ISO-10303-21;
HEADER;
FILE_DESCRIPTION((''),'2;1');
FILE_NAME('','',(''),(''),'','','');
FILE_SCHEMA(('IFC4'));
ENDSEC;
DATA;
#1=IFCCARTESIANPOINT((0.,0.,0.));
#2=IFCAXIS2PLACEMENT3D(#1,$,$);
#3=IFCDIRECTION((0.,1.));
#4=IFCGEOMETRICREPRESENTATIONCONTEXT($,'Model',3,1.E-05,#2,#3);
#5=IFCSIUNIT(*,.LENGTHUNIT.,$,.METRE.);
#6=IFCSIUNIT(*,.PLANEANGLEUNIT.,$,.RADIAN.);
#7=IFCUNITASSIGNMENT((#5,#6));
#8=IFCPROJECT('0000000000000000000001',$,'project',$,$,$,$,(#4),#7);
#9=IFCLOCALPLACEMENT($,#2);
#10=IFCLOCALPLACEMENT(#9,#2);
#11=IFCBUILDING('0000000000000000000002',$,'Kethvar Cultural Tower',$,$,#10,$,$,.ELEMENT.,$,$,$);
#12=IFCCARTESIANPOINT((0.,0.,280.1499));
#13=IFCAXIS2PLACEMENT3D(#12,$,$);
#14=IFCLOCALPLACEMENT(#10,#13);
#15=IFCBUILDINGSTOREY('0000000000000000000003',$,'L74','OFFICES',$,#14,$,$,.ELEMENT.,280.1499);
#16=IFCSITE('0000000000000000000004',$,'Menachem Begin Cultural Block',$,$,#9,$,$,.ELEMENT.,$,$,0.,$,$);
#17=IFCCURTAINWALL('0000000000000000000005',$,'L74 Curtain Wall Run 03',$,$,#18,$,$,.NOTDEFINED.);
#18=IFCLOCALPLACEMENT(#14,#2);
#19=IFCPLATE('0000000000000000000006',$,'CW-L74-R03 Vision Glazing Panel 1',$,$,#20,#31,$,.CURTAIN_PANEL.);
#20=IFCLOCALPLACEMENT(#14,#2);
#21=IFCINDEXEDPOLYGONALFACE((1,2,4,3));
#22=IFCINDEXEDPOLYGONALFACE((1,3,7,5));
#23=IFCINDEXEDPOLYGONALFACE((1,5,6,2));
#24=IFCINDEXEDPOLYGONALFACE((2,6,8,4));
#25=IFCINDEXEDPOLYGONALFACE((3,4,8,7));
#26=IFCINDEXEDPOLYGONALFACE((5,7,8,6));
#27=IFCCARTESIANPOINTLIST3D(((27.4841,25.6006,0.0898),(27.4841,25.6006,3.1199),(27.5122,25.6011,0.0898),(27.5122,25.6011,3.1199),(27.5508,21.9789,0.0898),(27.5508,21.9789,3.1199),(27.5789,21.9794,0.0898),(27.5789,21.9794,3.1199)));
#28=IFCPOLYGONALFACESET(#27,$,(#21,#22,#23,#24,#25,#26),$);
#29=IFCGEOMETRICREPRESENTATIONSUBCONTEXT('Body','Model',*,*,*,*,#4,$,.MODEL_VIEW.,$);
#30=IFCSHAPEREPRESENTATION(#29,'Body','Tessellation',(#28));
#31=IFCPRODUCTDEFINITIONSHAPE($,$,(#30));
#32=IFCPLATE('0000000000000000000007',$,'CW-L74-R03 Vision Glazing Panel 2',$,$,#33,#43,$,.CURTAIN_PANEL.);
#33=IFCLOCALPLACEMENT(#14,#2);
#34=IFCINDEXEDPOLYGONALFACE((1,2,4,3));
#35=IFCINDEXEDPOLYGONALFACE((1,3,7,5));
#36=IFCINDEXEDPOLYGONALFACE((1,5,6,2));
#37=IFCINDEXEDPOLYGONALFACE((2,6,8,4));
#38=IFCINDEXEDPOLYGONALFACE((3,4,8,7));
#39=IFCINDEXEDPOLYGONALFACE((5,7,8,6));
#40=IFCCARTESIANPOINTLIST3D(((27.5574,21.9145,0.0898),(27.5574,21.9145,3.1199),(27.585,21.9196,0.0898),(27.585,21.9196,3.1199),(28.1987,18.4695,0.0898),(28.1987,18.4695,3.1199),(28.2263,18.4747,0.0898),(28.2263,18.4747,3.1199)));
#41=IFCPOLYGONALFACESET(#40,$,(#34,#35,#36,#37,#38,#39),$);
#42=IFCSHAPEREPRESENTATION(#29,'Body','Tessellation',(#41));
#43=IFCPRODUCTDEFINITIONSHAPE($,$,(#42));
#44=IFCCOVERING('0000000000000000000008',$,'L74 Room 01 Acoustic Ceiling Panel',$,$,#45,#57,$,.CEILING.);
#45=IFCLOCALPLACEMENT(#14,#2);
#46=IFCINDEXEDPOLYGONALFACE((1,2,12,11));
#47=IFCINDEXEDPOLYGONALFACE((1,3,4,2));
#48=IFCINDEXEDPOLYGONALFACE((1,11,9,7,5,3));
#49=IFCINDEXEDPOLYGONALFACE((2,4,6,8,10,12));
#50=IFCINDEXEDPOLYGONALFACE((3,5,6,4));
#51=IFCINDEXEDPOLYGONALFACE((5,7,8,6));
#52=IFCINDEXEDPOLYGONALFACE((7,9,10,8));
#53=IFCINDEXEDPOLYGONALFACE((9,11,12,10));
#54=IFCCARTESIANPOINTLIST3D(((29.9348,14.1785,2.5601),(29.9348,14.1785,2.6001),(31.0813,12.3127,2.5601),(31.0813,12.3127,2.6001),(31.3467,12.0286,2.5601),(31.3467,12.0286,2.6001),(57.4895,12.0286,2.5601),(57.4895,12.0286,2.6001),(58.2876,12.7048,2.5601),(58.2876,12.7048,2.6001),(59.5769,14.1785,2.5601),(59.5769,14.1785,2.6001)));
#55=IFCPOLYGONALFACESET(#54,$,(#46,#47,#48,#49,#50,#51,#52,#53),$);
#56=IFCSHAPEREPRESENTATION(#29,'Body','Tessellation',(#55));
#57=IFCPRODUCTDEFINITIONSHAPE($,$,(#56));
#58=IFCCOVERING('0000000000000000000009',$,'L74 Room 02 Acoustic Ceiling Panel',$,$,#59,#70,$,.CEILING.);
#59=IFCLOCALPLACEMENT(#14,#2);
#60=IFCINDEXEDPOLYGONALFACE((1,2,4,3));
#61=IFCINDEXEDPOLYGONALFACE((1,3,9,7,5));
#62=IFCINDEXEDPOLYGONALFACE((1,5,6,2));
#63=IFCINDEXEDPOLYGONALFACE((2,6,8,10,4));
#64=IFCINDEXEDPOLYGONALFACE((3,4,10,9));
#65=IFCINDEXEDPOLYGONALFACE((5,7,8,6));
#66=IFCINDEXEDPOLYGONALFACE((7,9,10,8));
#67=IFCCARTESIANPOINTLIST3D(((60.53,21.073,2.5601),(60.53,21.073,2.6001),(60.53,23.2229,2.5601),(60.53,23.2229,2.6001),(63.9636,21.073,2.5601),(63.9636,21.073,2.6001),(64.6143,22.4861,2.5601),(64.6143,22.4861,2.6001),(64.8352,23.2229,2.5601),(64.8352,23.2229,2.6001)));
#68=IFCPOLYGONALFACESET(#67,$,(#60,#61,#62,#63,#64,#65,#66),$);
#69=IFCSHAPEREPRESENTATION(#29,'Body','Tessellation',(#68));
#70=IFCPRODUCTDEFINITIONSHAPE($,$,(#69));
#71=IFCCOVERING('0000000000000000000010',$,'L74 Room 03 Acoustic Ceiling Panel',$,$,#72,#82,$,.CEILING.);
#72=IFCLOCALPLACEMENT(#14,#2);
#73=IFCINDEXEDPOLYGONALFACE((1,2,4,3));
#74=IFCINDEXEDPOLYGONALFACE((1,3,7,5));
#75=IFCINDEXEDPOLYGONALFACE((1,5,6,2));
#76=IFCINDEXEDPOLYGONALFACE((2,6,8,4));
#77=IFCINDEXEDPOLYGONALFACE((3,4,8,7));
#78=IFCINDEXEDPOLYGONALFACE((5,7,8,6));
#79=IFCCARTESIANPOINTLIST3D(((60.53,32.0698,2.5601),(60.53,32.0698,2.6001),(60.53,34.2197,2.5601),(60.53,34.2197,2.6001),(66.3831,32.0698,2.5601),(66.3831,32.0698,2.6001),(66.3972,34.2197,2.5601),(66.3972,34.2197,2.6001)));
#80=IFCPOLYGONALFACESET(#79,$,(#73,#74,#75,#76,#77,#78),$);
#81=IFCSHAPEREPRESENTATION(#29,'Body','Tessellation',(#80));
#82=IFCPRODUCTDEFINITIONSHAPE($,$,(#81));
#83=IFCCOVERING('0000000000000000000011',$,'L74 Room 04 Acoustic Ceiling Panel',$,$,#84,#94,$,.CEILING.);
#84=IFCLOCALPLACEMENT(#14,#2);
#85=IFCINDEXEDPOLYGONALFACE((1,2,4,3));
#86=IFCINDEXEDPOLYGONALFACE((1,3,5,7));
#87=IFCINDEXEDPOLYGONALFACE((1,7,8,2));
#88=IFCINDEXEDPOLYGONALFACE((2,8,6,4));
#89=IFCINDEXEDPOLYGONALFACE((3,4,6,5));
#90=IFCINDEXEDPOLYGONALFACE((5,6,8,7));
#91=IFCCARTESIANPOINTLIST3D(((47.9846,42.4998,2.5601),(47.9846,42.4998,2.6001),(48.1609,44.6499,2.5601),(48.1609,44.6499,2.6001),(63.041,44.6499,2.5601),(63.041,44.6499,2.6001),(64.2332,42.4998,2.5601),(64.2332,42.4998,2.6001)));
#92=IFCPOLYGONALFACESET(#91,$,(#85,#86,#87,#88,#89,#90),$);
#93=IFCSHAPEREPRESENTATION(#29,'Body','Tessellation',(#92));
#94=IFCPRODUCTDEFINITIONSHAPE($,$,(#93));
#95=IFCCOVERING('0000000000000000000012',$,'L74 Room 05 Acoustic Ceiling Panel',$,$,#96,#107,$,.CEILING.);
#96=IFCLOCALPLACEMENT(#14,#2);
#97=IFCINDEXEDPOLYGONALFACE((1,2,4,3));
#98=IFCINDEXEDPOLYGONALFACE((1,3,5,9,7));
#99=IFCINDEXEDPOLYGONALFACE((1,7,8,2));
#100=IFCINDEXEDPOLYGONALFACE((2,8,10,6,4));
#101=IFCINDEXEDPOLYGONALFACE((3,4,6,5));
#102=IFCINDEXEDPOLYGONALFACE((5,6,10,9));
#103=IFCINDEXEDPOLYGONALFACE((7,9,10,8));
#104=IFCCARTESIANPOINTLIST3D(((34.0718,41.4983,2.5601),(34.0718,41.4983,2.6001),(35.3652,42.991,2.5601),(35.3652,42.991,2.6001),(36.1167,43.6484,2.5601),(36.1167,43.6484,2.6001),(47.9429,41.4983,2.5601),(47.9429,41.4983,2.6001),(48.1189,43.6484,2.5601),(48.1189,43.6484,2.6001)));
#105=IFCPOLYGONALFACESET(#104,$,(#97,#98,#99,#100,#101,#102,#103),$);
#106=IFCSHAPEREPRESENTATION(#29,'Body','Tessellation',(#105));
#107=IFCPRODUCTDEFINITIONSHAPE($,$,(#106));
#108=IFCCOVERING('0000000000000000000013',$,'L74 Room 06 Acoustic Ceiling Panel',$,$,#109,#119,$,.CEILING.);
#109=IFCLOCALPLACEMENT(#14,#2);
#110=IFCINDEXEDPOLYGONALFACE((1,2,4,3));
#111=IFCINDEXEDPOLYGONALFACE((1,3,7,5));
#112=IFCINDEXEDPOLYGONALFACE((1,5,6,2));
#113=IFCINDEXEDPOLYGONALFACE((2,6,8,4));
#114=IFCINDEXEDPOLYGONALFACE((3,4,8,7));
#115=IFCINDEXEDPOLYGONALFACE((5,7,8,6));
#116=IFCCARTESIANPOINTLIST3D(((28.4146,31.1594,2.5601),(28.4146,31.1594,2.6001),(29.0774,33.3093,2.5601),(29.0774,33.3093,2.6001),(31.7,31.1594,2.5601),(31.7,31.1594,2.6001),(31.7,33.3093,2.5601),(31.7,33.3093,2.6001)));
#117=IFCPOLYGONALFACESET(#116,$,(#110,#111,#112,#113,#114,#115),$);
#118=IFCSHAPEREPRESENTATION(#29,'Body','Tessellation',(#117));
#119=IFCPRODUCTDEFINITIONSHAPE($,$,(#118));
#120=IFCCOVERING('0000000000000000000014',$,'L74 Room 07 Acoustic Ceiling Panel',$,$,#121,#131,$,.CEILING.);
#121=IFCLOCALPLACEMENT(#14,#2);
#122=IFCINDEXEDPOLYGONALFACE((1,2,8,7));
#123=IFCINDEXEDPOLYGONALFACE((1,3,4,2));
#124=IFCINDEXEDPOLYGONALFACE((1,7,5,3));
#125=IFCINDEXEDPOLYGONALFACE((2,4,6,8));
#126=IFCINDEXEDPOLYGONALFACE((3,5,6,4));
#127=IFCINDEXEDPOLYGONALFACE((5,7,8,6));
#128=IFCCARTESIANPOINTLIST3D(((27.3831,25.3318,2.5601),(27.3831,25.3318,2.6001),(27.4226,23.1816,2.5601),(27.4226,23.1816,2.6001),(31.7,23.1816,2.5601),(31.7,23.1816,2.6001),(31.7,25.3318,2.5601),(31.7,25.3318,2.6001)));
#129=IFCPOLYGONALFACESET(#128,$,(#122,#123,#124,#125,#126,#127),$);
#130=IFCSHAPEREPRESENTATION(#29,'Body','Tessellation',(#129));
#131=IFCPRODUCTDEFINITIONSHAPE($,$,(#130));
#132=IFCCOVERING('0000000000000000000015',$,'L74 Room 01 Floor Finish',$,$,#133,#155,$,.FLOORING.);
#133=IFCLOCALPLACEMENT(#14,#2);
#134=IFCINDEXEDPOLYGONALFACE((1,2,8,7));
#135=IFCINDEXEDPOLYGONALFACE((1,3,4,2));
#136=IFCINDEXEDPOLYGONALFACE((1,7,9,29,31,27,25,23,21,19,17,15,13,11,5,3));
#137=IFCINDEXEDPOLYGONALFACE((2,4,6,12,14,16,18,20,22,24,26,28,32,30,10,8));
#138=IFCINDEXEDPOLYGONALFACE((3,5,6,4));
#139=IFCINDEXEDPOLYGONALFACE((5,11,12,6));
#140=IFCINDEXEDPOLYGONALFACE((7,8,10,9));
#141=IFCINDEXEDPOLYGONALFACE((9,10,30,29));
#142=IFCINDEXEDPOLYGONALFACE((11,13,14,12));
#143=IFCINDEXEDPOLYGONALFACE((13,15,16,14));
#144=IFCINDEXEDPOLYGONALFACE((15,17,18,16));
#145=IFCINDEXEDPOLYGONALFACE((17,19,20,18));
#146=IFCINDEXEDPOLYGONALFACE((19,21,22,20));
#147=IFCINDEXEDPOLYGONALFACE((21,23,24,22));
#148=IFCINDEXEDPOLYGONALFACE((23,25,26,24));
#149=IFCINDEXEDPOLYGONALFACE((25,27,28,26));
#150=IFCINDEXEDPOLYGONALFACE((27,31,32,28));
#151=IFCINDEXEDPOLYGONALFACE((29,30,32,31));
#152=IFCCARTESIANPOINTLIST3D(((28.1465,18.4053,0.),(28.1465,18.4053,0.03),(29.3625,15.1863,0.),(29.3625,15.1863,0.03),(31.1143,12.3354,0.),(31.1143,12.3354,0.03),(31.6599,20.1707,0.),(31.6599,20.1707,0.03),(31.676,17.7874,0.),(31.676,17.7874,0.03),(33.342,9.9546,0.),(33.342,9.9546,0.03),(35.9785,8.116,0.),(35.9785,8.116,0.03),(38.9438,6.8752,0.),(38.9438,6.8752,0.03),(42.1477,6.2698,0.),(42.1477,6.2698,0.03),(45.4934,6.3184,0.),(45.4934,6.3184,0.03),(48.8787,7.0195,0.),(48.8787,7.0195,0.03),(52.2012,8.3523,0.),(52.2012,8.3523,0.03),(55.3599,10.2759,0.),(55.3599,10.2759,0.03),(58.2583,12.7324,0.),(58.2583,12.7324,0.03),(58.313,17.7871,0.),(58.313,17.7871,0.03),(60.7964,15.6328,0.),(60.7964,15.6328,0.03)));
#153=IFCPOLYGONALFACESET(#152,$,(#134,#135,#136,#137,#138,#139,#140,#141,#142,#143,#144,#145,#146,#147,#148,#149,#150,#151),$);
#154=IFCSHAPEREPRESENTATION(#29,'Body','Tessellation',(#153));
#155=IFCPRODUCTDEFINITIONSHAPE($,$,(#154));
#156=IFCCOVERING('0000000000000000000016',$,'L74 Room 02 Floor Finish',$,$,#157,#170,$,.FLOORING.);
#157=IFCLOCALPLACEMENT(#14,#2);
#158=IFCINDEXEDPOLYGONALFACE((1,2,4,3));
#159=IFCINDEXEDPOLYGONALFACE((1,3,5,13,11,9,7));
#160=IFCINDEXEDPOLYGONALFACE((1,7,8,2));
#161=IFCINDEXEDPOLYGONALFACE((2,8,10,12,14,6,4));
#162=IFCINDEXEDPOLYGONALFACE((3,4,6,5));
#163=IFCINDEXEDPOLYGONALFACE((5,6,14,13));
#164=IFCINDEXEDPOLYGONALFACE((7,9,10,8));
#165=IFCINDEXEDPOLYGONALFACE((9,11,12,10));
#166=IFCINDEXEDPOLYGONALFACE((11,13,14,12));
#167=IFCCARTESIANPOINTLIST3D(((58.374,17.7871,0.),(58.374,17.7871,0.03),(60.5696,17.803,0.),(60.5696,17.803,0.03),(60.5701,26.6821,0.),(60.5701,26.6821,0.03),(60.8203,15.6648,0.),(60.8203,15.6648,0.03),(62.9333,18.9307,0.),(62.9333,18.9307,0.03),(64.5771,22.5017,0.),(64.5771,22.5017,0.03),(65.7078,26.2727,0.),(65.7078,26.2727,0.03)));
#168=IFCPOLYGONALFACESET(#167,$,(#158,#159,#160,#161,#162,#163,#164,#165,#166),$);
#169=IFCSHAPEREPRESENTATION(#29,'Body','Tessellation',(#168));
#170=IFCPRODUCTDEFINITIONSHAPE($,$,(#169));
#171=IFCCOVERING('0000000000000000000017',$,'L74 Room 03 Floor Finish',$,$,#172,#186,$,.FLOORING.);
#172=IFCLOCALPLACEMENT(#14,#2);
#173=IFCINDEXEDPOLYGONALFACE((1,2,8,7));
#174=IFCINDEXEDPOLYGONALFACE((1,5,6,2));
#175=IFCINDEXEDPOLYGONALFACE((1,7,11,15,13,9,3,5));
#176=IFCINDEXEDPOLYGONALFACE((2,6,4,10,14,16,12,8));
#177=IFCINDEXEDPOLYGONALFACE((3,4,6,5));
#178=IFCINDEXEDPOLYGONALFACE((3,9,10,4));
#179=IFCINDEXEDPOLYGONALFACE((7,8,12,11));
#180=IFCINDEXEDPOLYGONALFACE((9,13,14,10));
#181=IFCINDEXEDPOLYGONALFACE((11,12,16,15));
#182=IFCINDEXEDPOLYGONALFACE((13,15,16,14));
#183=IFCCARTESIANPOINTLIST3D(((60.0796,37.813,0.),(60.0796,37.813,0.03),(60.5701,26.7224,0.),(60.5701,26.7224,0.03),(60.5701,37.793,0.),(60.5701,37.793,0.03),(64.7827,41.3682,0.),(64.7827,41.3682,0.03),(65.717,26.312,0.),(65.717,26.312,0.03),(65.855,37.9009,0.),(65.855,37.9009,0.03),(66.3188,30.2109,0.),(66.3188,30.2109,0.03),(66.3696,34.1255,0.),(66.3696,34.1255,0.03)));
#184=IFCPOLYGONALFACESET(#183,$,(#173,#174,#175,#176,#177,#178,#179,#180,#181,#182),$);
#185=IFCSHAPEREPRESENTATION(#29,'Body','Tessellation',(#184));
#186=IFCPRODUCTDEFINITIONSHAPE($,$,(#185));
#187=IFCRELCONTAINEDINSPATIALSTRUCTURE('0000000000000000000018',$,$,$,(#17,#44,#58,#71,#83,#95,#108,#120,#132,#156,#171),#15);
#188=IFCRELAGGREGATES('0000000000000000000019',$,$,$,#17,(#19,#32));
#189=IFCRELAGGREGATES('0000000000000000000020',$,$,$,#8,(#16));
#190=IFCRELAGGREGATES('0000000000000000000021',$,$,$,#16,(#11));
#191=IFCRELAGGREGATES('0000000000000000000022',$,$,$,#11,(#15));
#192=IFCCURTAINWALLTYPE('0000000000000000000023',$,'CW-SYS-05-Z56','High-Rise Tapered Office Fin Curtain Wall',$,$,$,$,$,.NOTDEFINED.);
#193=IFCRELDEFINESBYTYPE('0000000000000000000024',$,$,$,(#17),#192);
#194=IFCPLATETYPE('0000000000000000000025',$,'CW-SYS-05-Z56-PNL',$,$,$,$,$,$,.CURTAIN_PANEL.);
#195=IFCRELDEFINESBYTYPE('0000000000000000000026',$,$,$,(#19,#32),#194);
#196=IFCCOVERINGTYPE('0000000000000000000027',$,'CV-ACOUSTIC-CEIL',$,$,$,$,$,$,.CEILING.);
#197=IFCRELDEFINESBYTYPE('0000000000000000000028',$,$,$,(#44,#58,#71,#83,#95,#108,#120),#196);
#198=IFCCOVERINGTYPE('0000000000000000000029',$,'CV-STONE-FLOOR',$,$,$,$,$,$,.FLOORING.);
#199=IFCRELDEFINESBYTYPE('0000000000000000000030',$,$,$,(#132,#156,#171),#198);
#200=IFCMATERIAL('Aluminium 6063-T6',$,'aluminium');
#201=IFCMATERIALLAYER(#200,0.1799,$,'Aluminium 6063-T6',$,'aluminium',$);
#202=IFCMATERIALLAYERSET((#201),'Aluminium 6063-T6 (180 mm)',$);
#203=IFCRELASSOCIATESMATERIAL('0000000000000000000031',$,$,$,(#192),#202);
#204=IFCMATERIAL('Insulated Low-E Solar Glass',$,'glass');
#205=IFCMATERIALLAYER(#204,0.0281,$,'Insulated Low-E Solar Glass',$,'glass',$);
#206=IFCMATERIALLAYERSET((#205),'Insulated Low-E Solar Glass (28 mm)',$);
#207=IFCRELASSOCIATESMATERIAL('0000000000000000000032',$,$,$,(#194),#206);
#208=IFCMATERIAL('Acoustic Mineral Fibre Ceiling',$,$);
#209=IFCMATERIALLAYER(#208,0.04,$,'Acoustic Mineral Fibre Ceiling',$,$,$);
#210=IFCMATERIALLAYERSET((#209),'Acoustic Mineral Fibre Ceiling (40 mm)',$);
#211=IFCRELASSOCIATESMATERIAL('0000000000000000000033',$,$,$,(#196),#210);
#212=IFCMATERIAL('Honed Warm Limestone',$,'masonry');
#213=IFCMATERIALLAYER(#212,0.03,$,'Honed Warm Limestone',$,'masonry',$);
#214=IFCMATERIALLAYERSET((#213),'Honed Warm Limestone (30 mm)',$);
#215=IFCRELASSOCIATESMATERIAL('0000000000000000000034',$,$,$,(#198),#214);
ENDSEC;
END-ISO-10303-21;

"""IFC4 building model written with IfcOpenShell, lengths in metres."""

from ifc_helpers import new_model, si_unit, direction, frame, origin, origin_2d, place, context, subcontext, project, spatial, polyline, rectangle, outline, extrude, source, transform, mapped, material, layer, layer_set, type_object, element, aggregate, save


model = new_model("IFC4")

# Units and contexts
model_context = context("Model", 3, precision=1e-05, world=origin(), true_north=direction((0.0, 1.0)))
body_context = subcontext(model_context, "Body", "Model", "MODEL_VIEW")
ifc_project = project(units=[si_unit("LENGTHUNIT", "METRE"), si_unit("PLANEANGLEUNIT", "RADIAN")], contexts=[model_context])

# Site, building, storey
site_placement = place(None, origin())
site = spatial("IfcSite", under=ifc_project, at=site_placement, Name="Menachem Begin Cultural Block", CompositionType="ELEMENT", RefElevation=0.0)
building_placement = place(site_placement, origin())
building = spatial("IfcBuilding", under=site, at=building_placement, Name="Kethvar Cultural Tower", CompositionType="ELEMENT")
storey_placement = place(building_placement, frame((0.0, 0.0, 280.1499)))
storey = spatial("IfcBuildingStorey", under=building, at=storey_placement, Name="L74", Description="OFFICES", CompositionType="ELEMENT", Elevation=280.1499)

# Curtain wall
ifc_material_1 = material(Name="Aluminium 6063-T6", Category="aluminium")
ifc_layer_1 = layer(ifc_material_1, 0.1799, Name="Aluminium 6063-T6", Category="aluminium")
ifc_layer_set_1 = layer_set([ifc_layer_1], Name="Aluminium 6063-T6 (180 mm)")
curtain_wall_type = type_object("IfcCurtainWallType", Name="CW-SYS-05-Z56", Description="High-Rise Tapered Office Fin Curtain Wall", PredefinedType="NOTDEFINED", material=ifc_layer_set_1)
curtain_wall_placement = place(storey_placement, origin())
curtain_wall = element("IfcCurtainWall", 1, at=curtain_wall_placement, inside=storey, type_object=curtain_wall_type, Name="L74 Curtain Wall Run 03", PredefinedType="NOTDEFINED")

# Plates
ifc_material_2 = material(Name="Insulated Low-E Solar Glass", Category="glass")
ifc_layer_2 = layer(ifc_material_2, 0.0281, Name="Insulated Low-E Solar Glass", Category="glass")
ifc_layer_set_2 = layer_set([ifc_layer_2], Name="Insulated Low-E Solar Glass (28 mm)")
plate_type = type_object("IfcPlateType", Name="CW-SYS-05-Z56-PNL", PredefinedType="CURTAIN_PANEL", material=ifc_layer_set_2)
shared_shape_1 = source(origin(), body_context, "Body", "SweptSolid", [
    extrude(rectangle(XDim=3.6223, YDim=0.0281, at=origin_2d()), origin(), (0.0, 0.0, 1.0), 3.03),
])
plate_1_placement = place(storey_placement, frame((27.5315, 23.79, 0.0898), z_axis=(0.0, 0.0, 1.0), x_axis=(0.01843, -0.99983, 0.0)))
plate_1 = element("IfcPlate", 2, at=plate_1_placement, type_object=plate_type, Name="CW-L74-R03 Vision Glazing Panel 1", PredefinedType="CURTAIN_PANEL", context=body_context, shape_type="MappedRepresentation", body=[
    mapped(shared_shape_1, transform((0.0, 0.0, 0.0), scale=1.0)),
])
shared_shape_2 = source(origin(), body_context, "Body", "SweptSolid", [
    extrude(rectangle(XDim=3.5042, YDim=0.0281, at=origin_2d()), origin(), (0.0, 0.0, 1.0), 3.03),
])
plate_2_placement = place(storey_placement, frame((27.8918, 20.1946, 0.0898), z_axis=(0.0, 0.0, 1.0), x_axis=(0.182991, -0.983115, 0.0)))
plate_2 = element("IfcPlate", 3, at=plate_2_placement, type_object=plate_type, Name="CW-L74-R03 Vision Glazing Panel 2", PredefinedType="CURTAIN_PANEL", context=body_context, shape_type="MappedRepresentation", body=[
    mapped(shared_shape_2, transform((0.0, 0.0, 0.0), scale=1.0)),
])
aggregate(curtain_wall, [plate_1, plate_2])

# Coverings
ifc_material_3 = material(Name="Acoustic Mineral Fibre Ceiling")
ifc_layer_3 = layer(ifc_material_3, 0.04, Name="Acoustic Mineral Fibre Ceiling")
ifc_layer_set_3 = layer_set([ifc_layer_3], Name="Acoustic Mineral Fibre Ceiling (40 mm)")
covering_type_1 = type_object("IfcCoveringType", Name="CV-ACOUSTIC-CEIL", PredefinedType="CEILING", material=ifc_layer_set_3)
covering_1_placement = place(storey_placement, frame((0.0, 0.0, 2.5601)))
element("IfcCovering", 4, at=covering_1_placement, inside=storey, type_object=covering_type_1, Name="L74 Room 01 Acoustic Ceiling Panel", PredefinedType="CEILING", context=body_context, shape_type="SweptSolid", body=[
    extrude(outline(polyline([(58.2876, 12.7048), (57.4895, 12.0286), (31.3467, 12.0286), (31.0813, 12.3127), (29.9348, 14.1785), (59.5769, 14.1785), (58.2876, 12.7048)])), origin(), (0.0, 0.0, 1.0), 0.04),
])
covering_2_placement = place(storey_placement, frame((0.0, 0.0, 2.5601)))
element("IfcCovering", 5, at=covering_2_placement, inside=storey, type_object=covering_type_1, Name="L74 Room 02 Acoustic Ceiling Panel", PredefinedType="CEILING", context=body_context, shape_type="SweptSolid", body=[
    extrude(outline(polyline([(64.6143, 22.4861), (63.9636, 21.073), (60.53, 21.073), (60.53, 23.2229), (64.8352, 23.2229), (64.6143, 22.4861)])), origin(), (0.0, 0.0, 1.0), 0.04),
])
covering_3_placement = place(storey_placement, frame((0.0, 0.0, 2.5601)))
element("IfcCovering", 6, at=covering_3_placement, inside=storey, type_object=covering_type_1, Name="L74 Room 03 Acoustic Ceiling Panel", PredefinedType="CEILING", context=body_context, shape_type="SweptSolid", body=[
    extrude(outline(polyline([(66.3972, 34.2197), (66.3831, 32.0698), (60.53, 32.0698), (60.53, 34.2197), (66.3972, 34.2197)])), origin(), (0.0, 0.0, 1.0), 0.04),
])
covering_4_placement = place(storey_placement, frame((0.0, 0.0, 2.5601)))
element("IfcCovering", 7, at=covering_4_placement, inside=storey, type_object=covering_type_1, Name="L74 Room 04 Acoustic Ceiling Panel", PredefinedType="CEILING", context=body_context, shape_type="SweptSolid", body=[
    extrude(outline(polyline([(63.041, 44.6499), (64.2332, 42.4998), (47.9846, 42.4998), (48.1609, 44.6499), (63.041, 44.6499)])), origin(), (0.0, 0.0, 1.0), 0.04),
])
covering_5_placement = place(storey_placement, frame((0.0, 0.0, 2.5601)))
element("IfcCovering", 8, at=covering_5_placement, inside=storey, type_object=covering_type_1, Name="L74 Room 05 Acoustic Ceiling Panel", PredefinedType="CEILING", context=body_context, shape_type="SweptSolid", body=[
    extrude(outline(polyline([(35.3652, 42.991), (36.1167, 43.6484), (48.1189, 43.6484), (47.9429, 41.4983), (34.0718, 41.4983), (35.3652, 42.991)])), origin(), (0.0, 0.0, 1.0), 0.04),
])
covering_6_placement = place(storey_placement, frame((0.0, 0.0, 2.5601)))
element("IfcCovering", 9, at=covering_6_placement, inside=storey, type_object=covering_type_1, Name="L74 Room 06 Acoustic Ceiling Panel", PredefinedType="CEILING", context=body_context, shape_type="SweptSolid", body=[
    extrude(outline(polyline([(28.4146, 31.1594), (29.0774, 33.3093), (31.7, 33.3093), (31.7, 31.1594), (28.4146, 31.1594)])), origin(), (0.0, 0.0, 1.0), 0.04),
])
covering_7_placement = place(storey_placement, frame((0.0, 0.0, 2.5601)))
element("IfcCovering", 10, at=covering_7_placement, inside=storey, type_object=covering_type_1, Name="L74 Room 07 Acoustic Ceiling Panel", PredefinedType="CEILING", context=body_context, shape_type="SweptSolid", body=[
    extrude(outline(polyline([(27.3831, 25.3318), (31.7, 25.3318), (31.7, 23.1816), (27.4226, 23.1816), (27.3831, 25.3318)])), origin(), (0.0, 0.0, 1.0), 0.04),
])
ifc_material_4 = material(Name="Honed Warm Limestone", Category="masonry")
ifc_layer_4 = layer(ifc_material_4, 0.03, Name="Honed Warm Limestone", Category="masonry")
ifc_layer_set_4 = layer_set([ifc_layer_4], Name="Honed Warm Limestone (30 mm)")
covering_type_2 = type_object("IfcCoveringType", Name="CV-STONE-FLOOR", PredefinedType="FLOORING", material=ifc_layer_set_4)
covering_8_placement = place(storey_placement, origin())
element("IfcCovering", 11, at=covering_8_placement, inside=storey, type_object=covering_type_2, Name="L74 Room 01 Floor Finish", PredefinedType="FLOORING", context=body_context, shape_type="SweptSolid", body=[
    extrude(outline(polyline([(60.7964, 15.6328), (58.2583, 12.7324), (55.3599, 10.2759), (52.2012, 8.3523), (48.8787, 7.0195), (45.4934, 6.3184), (42.1477, 6.2698), (38.9438, 6.8752), (35.9785, 8.116), (33.342, 9.9546), (31.1143, 12.3354), (29.3625, 15.1863), (28.1465, 18.4053), (31.6599, 20.1707), (31.676, 17.7874), (58.313, 17.7871), (60.7964, 15.6328)])), origin(), (0.0, 0.0, 1.0), 0.03),
])
covering_9_placement = place(storey_placement, origin())
element("IfcCovering", 12, at=covering_9_placement, inside=storey, type_object=covering_type_2, Name="L74 Room 02 Floor Finish", PredefinedType="FLOORING", context=body_context, shape_type="SweptSolid", body=[
    extrude(outline(polyline([(64.5771, 22.5017), (62.9333, 18.9307), (60.8203, 15.6648), (58.374, 17.7871), (60.5696, 17.803), (60.5701, 26.6821), (65.7078, 26.2727), (64.5771, 22.5017)])), origin(), (0.0, 0.0, 1.0), 0.03),
])
covering_10_placement = place(storey_placement, origin())
element("IfcCovering", 13, at=covering_10_placement, inside=storey, type_object=covering_type_2, Name="L74 Room 03 Floor Finish", PredefinedType="FLOORING", context=body_context, shape_type="SweptSolid", body=[
    extrude(outline(polyline([(65.855, 37.9009), (66.3696, 34.1255), (66.3188, 30.2109), (65.717, 26.312), (60.5701, 26.7224), (60.5701, 37.793), (60.0796, 37.813), (64.7827, 41.3682), (65.855, 37.9009)])), origin(), (0.0, 0.0, 1.0), 0.03),
])

save(model, "model.ifc")
